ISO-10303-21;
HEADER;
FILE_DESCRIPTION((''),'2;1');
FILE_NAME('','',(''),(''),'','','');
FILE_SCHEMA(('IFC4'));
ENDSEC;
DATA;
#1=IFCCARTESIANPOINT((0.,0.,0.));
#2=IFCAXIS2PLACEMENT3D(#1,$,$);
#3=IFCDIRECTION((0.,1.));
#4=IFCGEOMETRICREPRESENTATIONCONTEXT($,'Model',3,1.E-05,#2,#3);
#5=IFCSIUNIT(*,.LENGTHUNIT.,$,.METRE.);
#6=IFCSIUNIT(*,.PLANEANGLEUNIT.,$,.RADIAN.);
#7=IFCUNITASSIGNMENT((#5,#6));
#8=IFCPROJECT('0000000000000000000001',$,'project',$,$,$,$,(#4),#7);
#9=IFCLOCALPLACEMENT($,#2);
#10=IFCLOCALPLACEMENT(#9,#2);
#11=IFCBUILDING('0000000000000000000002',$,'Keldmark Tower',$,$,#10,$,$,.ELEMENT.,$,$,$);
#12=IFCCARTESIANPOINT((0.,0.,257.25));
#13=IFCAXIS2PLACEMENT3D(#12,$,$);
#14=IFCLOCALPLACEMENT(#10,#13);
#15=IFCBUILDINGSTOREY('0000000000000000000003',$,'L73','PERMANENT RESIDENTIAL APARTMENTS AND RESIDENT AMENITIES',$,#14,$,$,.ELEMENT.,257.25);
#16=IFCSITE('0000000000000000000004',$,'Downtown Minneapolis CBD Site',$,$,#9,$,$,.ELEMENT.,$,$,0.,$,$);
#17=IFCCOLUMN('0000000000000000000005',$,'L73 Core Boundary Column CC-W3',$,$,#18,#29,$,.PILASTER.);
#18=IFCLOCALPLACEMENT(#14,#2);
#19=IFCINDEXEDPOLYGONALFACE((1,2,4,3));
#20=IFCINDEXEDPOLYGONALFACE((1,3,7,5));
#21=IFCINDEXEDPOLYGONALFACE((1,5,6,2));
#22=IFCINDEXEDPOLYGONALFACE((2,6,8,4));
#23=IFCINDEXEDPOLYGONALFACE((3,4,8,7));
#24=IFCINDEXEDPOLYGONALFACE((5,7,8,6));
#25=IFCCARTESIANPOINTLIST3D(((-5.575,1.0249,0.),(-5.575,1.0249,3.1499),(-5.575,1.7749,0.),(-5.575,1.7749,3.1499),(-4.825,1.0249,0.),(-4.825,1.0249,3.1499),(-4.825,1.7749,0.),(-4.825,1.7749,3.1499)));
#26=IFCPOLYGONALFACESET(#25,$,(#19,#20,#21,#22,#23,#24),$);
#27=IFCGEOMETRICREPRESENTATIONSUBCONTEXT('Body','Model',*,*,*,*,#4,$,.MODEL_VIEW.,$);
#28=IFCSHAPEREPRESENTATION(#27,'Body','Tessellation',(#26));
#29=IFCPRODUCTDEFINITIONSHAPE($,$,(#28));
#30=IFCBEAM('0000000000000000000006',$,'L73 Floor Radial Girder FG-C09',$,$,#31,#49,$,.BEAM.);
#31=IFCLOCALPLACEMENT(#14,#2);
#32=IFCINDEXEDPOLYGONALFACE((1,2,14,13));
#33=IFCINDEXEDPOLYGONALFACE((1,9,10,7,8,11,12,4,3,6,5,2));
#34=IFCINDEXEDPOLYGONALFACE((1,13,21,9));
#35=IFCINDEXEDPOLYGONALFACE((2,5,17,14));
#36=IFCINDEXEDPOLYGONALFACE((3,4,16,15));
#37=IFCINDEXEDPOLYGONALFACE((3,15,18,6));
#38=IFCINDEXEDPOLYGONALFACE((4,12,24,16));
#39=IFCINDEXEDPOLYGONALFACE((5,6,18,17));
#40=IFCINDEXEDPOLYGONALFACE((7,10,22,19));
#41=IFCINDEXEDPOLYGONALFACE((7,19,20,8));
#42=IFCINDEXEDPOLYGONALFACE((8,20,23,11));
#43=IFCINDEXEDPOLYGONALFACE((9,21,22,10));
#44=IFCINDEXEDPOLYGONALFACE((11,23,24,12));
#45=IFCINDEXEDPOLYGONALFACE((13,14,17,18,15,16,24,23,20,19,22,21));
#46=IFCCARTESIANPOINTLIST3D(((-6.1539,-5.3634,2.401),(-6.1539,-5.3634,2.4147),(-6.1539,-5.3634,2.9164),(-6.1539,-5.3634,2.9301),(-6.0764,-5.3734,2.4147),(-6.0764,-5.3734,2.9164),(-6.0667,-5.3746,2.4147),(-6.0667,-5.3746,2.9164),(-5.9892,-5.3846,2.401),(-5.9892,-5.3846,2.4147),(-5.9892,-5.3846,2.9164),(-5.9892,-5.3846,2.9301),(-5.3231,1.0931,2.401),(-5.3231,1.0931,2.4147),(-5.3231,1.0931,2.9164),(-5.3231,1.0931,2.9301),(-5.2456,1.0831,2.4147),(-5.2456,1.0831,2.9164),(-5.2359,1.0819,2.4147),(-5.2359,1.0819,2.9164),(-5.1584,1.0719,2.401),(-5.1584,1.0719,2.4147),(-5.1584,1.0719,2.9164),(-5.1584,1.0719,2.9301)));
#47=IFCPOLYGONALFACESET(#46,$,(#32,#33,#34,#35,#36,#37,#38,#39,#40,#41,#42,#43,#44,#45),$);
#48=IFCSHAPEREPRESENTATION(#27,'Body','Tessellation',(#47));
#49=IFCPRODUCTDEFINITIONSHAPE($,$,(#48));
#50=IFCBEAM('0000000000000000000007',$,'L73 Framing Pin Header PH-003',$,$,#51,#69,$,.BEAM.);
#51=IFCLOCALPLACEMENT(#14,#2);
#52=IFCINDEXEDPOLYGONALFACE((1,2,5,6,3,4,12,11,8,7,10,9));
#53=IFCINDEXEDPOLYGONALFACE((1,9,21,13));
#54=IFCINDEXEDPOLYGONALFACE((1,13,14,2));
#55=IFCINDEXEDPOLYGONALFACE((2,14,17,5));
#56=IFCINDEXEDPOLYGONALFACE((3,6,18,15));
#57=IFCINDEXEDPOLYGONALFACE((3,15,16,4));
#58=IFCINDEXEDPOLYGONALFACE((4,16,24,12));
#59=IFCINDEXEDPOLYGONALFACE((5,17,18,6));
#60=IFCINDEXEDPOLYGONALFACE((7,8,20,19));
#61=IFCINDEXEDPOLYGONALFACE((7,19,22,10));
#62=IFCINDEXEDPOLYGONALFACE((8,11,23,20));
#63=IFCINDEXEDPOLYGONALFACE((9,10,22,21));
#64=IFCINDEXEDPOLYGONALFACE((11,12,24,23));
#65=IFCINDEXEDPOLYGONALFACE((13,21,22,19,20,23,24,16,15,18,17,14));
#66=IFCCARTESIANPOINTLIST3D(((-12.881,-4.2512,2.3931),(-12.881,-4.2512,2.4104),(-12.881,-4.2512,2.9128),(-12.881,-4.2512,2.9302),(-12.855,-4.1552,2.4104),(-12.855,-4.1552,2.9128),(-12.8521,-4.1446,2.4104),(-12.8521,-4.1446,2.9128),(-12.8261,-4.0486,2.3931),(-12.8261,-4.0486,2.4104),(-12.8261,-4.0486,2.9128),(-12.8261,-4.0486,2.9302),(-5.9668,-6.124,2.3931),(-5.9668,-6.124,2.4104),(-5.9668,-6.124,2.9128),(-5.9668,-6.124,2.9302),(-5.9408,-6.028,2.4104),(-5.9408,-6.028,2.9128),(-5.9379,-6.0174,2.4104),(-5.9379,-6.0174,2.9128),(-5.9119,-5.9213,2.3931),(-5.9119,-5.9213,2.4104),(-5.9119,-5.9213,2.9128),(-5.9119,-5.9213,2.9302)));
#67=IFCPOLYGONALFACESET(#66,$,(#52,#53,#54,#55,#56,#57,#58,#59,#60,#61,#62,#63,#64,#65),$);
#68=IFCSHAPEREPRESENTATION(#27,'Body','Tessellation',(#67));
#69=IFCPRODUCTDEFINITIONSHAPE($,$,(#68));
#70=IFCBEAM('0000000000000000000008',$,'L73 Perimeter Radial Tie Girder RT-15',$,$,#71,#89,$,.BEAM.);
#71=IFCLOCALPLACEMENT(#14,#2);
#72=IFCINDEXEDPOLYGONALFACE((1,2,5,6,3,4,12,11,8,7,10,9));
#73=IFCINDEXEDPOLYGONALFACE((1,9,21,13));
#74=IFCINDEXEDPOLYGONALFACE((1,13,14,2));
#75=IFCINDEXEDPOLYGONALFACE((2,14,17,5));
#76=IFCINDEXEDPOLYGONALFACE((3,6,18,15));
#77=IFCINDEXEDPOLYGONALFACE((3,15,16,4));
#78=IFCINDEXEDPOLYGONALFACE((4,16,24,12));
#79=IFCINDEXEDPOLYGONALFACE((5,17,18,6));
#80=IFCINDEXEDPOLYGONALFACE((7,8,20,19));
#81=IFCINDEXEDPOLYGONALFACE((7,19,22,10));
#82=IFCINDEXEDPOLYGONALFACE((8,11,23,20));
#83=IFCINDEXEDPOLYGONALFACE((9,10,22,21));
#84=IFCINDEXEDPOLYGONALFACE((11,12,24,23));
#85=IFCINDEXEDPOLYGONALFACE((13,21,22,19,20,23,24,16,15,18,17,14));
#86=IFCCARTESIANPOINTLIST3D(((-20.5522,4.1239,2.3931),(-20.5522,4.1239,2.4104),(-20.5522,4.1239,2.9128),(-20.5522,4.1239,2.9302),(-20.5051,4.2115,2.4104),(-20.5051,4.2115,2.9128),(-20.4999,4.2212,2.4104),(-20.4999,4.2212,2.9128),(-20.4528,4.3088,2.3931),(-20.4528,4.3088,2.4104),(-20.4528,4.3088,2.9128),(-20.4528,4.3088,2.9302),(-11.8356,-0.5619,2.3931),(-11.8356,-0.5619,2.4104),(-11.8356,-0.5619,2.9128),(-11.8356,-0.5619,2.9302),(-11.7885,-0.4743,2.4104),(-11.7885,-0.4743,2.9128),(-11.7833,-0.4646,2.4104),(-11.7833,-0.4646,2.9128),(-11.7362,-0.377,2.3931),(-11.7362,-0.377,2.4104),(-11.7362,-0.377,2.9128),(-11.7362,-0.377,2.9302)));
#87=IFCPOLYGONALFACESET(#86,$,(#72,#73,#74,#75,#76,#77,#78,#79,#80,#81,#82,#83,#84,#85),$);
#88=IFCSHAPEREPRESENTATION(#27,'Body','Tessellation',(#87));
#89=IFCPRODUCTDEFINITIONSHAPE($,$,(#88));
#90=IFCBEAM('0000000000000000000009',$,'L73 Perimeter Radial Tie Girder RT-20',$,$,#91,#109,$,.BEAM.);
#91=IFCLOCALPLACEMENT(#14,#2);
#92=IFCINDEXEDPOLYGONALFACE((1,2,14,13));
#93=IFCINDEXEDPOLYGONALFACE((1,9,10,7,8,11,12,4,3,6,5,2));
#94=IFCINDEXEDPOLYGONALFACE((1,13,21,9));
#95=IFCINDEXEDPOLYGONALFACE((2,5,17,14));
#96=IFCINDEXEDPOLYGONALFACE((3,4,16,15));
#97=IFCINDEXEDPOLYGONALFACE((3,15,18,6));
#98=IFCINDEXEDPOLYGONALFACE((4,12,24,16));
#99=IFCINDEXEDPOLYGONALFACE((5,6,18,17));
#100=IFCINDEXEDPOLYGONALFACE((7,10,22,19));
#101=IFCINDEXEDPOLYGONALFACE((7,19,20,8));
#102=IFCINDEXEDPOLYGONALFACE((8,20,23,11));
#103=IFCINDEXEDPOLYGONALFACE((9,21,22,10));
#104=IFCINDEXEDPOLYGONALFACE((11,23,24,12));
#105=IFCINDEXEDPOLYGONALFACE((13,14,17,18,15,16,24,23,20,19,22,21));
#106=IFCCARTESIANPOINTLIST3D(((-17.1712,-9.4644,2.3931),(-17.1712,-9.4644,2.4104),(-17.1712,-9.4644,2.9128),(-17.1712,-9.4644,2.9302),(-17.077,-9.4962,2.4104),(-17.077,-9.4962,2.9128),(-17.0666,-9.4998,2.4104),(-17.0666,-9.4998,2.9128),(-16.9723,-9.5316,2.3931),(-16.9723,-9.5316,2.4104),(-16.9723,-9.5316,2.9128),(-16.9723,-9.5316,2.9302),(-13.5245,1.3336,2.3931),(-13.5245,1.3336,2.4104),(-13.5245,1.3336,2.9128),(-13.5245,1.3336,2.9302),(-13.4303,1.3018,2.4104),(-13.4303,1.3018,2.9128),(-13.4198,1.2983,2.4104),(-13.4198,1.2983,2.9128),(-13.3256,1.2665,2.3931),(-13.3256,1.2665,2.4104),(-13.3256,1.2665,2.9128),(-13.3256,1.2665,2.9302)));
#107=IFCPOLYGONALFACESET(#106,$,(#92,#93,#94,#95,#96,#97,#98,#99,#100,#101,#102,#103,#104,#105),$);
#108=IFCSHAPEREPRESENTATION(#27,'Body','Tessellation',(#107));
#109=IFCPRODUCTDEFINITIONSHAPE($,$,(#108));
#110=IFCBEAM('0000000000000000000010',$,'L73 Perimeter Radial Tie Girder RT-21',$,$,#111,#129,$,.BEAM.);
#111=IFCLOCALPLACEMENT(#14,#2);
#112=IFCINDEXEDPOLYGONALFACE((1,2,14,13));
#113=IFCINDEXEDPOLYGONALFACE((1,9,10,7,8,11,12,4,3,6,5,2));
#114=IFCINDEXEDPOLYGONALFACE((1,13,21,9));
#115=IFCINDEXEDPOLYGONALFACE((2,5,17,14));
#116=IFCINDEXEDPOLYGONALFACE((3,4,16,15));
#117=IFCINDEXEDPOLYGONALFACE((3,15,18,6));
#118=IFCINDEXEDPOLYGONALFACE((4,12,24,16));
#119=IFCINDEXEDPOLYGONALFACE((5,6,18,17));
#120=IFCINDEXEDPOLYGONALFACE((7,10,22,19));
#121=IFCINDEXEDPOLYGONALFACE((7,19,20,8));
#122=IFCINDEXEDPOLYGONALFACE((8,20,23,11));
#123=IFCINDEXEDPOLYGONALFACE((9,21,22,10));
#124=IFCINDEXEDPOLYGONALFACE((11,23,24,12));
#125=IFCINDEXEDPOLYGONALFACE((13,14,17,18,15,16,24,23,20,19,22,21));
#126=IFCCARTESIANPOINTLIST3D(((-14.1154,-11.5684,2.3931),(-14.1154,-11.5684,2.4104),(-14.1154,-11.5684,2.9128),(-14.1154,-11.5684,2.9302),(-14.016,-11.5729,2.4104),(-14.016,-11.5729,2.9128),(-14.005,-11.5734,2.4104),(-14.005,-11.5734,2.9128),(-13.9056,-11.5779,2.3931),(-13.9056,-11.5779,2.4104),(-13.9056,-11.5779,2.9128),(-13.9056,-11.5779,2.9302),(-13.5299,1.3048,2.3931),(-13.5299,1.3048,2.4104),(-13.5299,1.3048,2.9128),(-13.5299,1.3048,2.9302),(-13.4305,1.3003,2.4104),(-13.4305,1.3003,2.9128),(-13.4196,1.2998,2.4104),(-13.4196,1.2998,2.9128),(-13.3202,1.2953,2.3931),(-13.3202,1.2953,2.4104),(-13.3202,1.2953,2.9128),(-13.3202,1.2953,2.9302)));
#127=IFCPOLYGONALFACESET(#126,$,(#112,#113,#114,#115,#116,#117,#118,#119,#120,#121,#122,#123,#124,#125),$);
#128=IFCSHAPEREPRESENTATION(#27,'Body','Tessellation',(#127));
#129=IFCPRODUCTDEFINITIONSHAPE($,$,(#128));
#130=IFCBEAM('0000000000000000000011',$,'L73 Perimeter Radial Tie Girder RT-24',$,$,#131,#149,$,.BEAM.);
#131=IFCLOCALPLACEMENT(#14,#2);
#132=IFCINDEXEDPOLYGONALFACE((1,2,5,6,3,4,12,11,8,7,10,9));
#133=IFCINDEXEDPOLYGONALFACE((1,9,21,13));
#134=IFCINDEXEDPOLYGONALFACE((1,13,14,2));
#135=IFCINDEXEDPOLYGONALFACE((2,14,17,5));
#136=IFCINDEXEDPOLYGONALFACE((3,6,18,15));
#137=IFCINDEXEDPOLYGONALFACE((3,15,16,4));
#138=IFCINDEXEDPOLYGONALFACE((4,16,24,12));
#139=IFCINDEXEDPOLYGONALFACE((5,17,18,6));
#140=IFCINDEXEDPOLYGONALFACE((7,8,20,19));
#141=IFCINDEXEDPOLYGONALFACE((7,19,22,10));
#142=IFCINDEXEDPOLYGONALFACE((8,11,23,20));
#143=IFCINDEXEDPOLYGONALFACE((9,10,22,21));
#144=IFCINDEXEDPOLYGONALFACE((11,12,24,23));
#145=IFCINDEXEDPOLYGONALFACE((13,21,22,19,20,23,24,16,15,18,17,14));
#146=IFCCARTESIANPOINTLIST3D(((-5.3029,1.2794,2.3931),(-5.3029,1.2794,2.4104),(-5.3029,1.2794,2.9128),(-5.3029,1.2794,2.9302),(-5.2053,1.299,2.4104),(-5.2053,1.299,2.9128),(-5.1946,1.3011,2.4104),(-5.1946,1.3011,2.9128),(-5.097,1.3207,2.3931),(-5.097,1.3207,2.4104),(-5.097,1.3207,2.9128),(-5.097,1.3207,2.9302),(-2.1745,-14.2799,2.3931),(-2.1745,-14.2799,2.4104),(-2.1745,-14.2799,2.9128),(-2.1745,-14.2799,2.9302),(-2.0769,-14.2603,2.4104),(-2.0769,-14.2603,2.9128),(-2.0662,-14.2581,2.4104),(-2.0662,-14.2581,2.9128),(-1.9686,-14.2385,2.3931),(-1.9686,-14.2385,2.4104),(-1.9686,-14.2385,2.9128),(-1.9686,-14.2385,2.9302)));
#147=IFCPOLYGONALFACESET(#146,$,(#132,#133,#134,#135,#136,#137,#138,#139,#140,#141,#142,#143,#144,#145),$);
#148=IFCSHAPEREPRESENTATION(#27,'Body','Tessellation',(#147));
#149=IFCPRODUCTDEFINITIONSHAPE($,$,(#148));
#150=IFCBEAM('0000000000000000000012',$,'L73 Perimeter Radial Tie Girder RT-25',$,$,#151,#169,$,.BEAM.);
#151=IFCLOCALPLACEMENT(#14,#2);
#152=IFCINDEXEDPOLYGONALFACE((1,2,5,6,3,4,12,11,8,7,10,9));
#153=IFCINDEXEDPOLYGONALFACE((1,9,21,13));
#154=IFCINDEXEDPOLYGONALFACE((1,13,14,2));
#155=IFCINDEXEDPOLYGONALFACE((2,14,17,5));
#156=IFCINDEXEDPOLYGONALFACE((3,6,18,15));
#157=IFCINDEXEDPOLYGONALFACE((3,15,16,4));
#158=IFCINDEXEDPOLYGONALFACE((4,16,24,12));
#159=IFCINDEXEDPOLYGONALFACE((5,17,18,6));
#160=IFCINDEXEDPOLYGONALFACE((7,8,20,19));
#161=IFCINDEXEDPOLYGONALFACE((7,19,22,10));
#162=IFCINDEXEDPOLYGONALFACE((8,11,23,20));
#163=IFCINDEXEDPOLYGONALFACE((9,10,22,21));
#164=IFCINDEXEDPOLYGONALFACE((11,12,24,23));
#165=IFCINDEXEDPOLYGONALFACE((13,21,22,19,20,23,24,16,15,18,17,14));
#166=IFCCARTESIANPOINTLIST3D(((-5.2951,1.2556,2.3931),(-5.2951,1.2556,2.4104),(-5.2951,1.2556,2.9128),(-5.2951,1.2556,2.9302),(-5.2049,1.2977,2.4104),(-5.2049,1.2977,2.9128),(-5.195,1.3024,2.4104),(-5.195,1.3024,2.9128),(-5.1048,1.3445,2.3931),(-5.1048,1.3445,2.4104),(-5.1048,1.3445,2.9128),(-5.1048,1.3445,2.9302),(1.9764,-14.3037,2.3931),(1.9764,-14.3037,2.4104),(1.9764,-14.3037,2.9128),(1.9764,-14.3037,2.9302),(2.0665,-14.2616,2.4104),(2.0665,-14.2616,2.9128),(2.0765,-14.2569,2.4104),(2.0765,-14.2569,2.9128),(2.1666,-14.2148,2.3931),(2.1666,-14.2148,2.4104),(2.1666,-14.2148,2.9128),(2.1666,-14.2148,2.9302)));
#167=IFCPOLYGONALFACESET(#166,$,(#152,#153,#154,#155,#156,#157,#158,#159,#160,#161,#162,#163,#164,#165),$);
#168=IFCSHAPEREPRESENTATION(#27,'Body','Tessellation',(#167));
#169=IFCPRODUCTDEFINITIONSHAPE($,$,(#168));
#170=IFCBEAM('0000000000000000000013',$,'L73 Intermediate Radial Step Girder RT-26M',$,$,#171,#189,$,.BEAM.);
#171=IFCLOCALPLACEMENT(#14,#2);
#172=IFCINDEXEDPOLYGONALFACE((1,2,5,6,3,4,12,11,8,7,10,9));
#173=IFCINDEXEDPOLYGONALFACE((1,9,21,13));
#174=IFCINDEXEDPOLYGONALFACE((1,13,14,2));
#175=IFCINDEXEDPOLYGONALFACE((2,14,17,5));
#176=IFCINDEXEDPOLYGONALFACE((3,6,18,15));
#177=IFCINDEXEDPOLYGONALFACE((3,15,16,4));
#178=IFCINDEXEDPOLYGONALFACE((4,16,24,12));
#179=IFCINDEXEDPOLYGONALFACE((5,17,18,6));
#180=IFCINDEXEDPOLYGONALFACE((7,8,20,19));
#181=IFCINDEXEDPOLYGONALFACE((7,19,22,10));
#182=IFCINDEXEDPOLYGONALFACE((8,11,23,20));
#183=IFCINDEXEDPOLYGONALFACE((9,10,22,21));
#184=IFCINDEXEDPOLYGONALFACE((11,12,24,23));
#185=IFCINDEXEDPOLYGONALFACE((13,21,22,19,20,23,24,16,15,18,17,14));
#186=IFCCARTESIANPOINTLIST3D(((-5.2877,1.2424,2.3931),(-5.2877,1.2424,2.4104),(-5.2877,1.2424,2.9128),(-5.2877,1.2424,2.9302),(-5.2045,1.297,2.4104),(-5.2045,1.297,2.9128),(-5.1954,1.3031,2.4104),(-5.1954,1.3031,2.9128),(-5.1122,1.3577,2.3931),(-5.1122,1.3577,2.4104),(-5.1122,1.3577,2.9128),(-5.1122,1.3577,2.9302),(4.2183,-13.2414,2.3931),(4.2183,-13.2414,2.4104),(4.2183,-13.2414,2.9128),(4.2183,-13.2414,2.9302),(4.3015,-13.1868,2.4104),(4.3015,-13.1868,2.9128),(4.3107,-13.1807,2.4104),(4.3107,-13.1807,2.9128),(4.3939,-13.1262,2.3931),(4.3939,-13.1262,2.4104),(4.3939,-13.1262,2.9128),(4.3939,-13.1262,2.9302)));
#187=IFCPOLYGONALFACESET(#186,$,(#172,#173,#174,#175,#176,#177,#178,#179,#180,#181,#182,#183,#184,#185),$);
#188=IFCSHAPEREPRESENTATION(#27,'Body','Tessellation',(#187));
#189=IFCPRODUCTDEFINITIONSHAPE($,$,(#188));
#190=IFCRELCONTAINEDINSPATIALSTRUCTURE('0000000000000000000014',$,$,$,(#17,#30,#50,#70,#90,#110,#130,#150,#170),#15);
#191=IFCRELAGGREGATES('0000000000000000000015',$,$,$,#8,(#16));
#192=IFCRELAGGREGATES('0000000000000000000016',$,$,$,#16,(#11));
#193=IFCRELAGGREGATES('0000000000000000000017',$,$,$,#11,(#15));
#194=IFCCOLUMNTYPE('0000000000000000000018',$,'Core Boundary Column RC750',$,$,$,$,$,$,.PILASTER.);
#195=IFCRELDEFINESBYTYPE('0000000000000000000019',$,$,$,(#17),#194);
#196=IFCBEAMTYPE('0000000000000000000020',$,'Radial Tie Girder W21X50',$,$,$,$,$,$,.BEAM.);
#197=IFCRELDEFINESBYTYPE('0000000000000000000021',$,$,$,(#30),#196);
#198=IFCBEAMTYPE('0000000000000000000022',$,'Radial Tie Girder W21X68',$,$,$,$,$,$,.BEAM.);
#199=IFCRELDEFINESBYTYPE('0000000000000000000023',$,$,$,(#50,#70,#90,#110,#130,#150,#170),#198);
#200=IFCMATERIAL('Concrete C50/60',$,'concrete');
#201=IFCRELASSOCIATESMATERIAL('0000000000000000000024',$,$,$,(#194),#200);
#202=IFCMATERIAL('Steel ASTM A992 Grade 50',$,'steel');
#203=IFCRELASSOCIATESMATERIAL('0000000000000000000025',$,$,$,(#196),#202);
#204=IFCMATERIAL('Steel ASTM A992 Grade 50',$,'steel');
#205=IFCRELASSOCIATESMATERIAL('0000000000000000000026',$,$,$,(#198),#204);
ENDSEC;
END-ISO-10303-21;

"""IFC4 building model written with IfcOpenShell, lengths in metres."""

from ifc_helpers import new_model, si_unit, direction, frame, origin, origin_2d, place, context, subcontext, project, spatial, rectangle, i_section, extrude, material, material_profile, profile_set, type_object, element, save


model = new_model("IFC4")

# Units and contexts
model_context = context("Model", 3, precision=1e-05, world=origin(), true_north=direction((0.0, 1.0)))
body_context = subcontext(model_context, "Body", "Model", "MODEL_VIEW")
ifc_project = project(units=[si_unit("LENGTHUNIT", "METRE"), si_unit("PLANEANGLEUNIT", "RADIAN")], contexts=[model_context])

# Site, building, storey
site_placement = place(None, origin())
site = spatial("IfcSite", under=ifc_project, at=site_placement, Name="Downtown Minneapolis CBD Site", CompositionType="ELEMENT", RefElevation=0.0)
building_placement = place(site_placement, origin())
building = spatial("IfcBuilding", under=site, at=building_placement, Name="Keldmark Tower", CompositionType="ELEMENT")
storey_placement = place(building_placement, frame((0.0, 0.0, 257.25)))
storey = spatial("IfcBuildingStorey", under=building, at=storey_placement, Name="L73", Description="PERMANENT RESIDENTIAL APARTMENTS AND RESIDENT AMENITIES", CompositionType="ELEMENT", Elevation=257.25)

# Column
ifc_material_1 = material(Name="Concrete C50/60", Category="concrete")
ifc_material_profile_1 = material_profile(ifc_material_1, rectangle(XDim=0.75, YDim=0.75, at=origin_2d()), Name="RC750X750")
ifc_profile_set_1 = profile_set([ifc_material_profile_1], Name="Concrete C50/60")
column_type = type_object("IfcColumnType", Name="Core Boundary Column RC750", PredefinedType="PILASTER", material=ifc_profile_set_1)
column_placement = place(storey_placement, frame((-5.2, 1.3999, 0.0), z_axis=(0.0, 0.0, 1.0), x_axis=(1.0, 0.0, 0.0)))
element("IfcColumn", 1, at=column_placement, inside=storey, type_object=column_type, Name="L73 Core Boundary Column CC-W3", PredefinedType="PILASTER", context=body_context, shape_type="SweptSolid", body=[
    extrude(rectangle(XDim=0.75, YDim=0.75, at=origin_2d()), origin(), (0.0, 0.0, 1.0), 3.1499),
])

# Beams
ifc_material_2 = material(Name="Steel ASTM A992 Grade 50", Category="steel")
ifc_material_profile_2 = material_profile(ifc_material_2, i_section(OverallWidth=0.166, OverallDepth=0.5291, WebThickness=0.0098, FlangeThickness=0.0137, at=origin_2d()), Name="W21X50")
ifc_profile_set_2 = profile_set([ifc_material_profile_2], Name="Steel ASTM A992 Grade 50")
beam_type_1 = type_object("IfcBeamType", Name="Radial Tie Girder W21X50", PredefinedType="BEAM", material=ifc_profile_set_2)
beam_1_placement = place(storey_placement, frame((-6.0715, -5.374, 2.6655), z_axis=(0.127625, 0.991822, 0.0), x_axis=(-0.991822, 0.127625, 0.0)))
element("IfcBeam", 2, at=beam_1_placement, inside=storey, type_object=beam_type_1, Name="L73 Floor Radial Girder FG-C09", PredefinedType="BEAM", context=body_context, shape_type="SweptSolid", body=[
    extrude(i_section(OverallWidth=0.166, OverallDepth=0.5291, WebThickness=0.0098, FlangeThickness=0.0137, at=origin_2d()), origin(), (0.0, 0.0, 1.0), 6.5098),
])
ifc_material_3 = material(Name="Steel ASTM A992 Grade 50", Category="steel")
ifc_material_profile_3 = material_profile(ifc_material_3, i_section(OverallWidth=0.21, OverallDepth=0.5371, WebThickness=0.011, FlangeThickness=0.0173, at=origin_2d()), Name="W21X68")
ifc_profile_set_3 = profile_set([ifc_material_profile_3], Name="Steel ASTM A992 Grade 50")
beam_type_2 = type_object("IfcBeamType", Name="Radial Tie Girder W21X68", PredefinedType="BEAM", material=ifc_profile_set_3)
beam_2_placement = place(storey_placement, frame((-12.8535, -4.1499, 2.6616), z_axis=(0.96522, -0.261439, 0.0), x_axis=(0.261439, 0.96522, 0.0)))
element("IfcBeam", 3, at=beam_2_placement, inside=storey, type_object=beam_type_2, Name="L73 Framing Pin Header PH-003", PredefinedType="BEAM", context=body_context, shape_type="SweptSolid", body=[
    extrude(i_section(OverallWidth=0.21, OverallDepth=0.5371, WebThickness=0.011, FlangeThickness=0.0173, at=origin_2d()), origin(), (0.0, 0.0, 1.0), 7.1633),
])
beam_3_placement = place(storey_placement, frame((-11.7859, -0.4695, 2.6616), z_axis=(-0.880797, 0.473494, 0.0), x_axis=(-0.473494, -0.880797, 0.0)))
element("IfcBeam", 4, at=beam_3_placement, inside=storey, type_object=beam_type_2, Name="L73 Perimeter Radial Tie Girder RT-15", PredefinedType="BEAM", context=body_context, shape_type="SweptSolid", body=[
    extrude(i_section(OverallWidth=0.21, OverallDepth=0.5371, WebThickness=0.011, FlangeThickness=0.0173, at=origin_2d()), origin(), (0.0, 0.0, 1.0), 9.8962),
])
beam_4_placement = place(storey_placement, frame((-13.425, 1.3, 2.6616), z_axis=(-0.319965, -0.947429, 0.0), x_axis=(0.947429, -0.319965, 0.0)))
element("IfcBeam", 5, at=beam_4_placement, inside=storey, type_object=beam_type_2, Name="L73 Perimeter Radial Tie Girder RT-20", PredefinedType="BEAM", context=body_context, shape_type="SweptSolid", body=[
    extrude(i_section(OverallWidth=0.21, OverallDepth=0.5371, WebThickness=0.011, FlangeThickness=0.0173, at=origin_2d()), origin(), (0.0, 0.0, 1.0), 11.3972),
])
beam_5_placement = place(storey_placement, frame((-13.425, 1.3, 2.6616), z_axis=(-0.045431, -0.998967, 0.0), x_axis=(0.998967, -0.045431, 0.0)))
element("IfcBeam", 6, at=beam_5_placement, inside=storey, type_object=beam_type_2, Name="L73 Perimeter Radial Tie Girder RT-21", PredefinedType="BEAM", context=body_context, shape_type="SweptSolid", body=[
    extrude(i_section(OverallWidth=0.21, OverallDepth=0.5371, WebThickness=0.011, FlangeThickness=0.0173, at=origin_2d()), origin(), (0.0, 0.0, 1.0), 12.8865),
])
beam_6_placement = place(storey_placement, frame((-5.2, 1.3, 2.6616), z_axis=(0.197119, -0.98038, 0.0), x_axis=(0.98038, 0.197119, 0.0)))
element("IfcBeam", 7, at=beam_6_placement, inside=storey, type_object=beam_type_2, Name="L73 Perimeter Radial Tie Girder RT-24", PredefinedType="BEAM", context=body_context, shape_type="SweptSolid", body=[
    extrude(i_section(OverallWidth=0.21, OverallDepth=0.5371, WebThickness=0.011, FlangeThickness=0.0173, at=origin_2d()), origin(), (0.0, 0.0, 1.0), 15.8706),
])
beam_7_placement = place(storey_placement, frame((-5.2, 1.3, 2.6616), z_axis=(0.423386, -0.905949, 0.0), x_axis=(0.905949, 0.423386, 0.0)))
element("IfcBeam", 8, at=beam_7_placement, inside=storey, type_object=beam_type_2, Name="L73 Perimeter Radial Tie Girder RT-25", PredefinedType="BEAM", context=body_context, shape_type="SweptSolid", body=[
    extrude(i_section(OverallWidth=0.21, OverallDepth=0.5371, WebThickness=0.011, FlangeThickness=0.0173, at=origin_2d()), origin(), (0.0, 0.0, 1.0), 17.1746),
])
beam_8_placement = place(storey_placement, frame((-5.2, 1.3, 2.6616), z_axis=(0.548699, -0.83602, 0.0), x_axis=(0.83602, 0.548699, 0.0)))
element("IfcBeam", 9, at=beam_8_placement, inside=storey, type_object=beam_type_2, Name="L73 Intermediate Radial Step Girder RT-26M", PredefinedType="BEAM", context=body_context, shape_type="SweptSolid", body=[
    extrude(i_section(OverallWidth=0.21, OverallDepth=0.5371, WebThickness=0.011, FlangeThickness=0.0173, at=origin_2d()), origin(), (0.0, 0.0, 1.0), 17.3247),
])

save(model, "model.ifc")
